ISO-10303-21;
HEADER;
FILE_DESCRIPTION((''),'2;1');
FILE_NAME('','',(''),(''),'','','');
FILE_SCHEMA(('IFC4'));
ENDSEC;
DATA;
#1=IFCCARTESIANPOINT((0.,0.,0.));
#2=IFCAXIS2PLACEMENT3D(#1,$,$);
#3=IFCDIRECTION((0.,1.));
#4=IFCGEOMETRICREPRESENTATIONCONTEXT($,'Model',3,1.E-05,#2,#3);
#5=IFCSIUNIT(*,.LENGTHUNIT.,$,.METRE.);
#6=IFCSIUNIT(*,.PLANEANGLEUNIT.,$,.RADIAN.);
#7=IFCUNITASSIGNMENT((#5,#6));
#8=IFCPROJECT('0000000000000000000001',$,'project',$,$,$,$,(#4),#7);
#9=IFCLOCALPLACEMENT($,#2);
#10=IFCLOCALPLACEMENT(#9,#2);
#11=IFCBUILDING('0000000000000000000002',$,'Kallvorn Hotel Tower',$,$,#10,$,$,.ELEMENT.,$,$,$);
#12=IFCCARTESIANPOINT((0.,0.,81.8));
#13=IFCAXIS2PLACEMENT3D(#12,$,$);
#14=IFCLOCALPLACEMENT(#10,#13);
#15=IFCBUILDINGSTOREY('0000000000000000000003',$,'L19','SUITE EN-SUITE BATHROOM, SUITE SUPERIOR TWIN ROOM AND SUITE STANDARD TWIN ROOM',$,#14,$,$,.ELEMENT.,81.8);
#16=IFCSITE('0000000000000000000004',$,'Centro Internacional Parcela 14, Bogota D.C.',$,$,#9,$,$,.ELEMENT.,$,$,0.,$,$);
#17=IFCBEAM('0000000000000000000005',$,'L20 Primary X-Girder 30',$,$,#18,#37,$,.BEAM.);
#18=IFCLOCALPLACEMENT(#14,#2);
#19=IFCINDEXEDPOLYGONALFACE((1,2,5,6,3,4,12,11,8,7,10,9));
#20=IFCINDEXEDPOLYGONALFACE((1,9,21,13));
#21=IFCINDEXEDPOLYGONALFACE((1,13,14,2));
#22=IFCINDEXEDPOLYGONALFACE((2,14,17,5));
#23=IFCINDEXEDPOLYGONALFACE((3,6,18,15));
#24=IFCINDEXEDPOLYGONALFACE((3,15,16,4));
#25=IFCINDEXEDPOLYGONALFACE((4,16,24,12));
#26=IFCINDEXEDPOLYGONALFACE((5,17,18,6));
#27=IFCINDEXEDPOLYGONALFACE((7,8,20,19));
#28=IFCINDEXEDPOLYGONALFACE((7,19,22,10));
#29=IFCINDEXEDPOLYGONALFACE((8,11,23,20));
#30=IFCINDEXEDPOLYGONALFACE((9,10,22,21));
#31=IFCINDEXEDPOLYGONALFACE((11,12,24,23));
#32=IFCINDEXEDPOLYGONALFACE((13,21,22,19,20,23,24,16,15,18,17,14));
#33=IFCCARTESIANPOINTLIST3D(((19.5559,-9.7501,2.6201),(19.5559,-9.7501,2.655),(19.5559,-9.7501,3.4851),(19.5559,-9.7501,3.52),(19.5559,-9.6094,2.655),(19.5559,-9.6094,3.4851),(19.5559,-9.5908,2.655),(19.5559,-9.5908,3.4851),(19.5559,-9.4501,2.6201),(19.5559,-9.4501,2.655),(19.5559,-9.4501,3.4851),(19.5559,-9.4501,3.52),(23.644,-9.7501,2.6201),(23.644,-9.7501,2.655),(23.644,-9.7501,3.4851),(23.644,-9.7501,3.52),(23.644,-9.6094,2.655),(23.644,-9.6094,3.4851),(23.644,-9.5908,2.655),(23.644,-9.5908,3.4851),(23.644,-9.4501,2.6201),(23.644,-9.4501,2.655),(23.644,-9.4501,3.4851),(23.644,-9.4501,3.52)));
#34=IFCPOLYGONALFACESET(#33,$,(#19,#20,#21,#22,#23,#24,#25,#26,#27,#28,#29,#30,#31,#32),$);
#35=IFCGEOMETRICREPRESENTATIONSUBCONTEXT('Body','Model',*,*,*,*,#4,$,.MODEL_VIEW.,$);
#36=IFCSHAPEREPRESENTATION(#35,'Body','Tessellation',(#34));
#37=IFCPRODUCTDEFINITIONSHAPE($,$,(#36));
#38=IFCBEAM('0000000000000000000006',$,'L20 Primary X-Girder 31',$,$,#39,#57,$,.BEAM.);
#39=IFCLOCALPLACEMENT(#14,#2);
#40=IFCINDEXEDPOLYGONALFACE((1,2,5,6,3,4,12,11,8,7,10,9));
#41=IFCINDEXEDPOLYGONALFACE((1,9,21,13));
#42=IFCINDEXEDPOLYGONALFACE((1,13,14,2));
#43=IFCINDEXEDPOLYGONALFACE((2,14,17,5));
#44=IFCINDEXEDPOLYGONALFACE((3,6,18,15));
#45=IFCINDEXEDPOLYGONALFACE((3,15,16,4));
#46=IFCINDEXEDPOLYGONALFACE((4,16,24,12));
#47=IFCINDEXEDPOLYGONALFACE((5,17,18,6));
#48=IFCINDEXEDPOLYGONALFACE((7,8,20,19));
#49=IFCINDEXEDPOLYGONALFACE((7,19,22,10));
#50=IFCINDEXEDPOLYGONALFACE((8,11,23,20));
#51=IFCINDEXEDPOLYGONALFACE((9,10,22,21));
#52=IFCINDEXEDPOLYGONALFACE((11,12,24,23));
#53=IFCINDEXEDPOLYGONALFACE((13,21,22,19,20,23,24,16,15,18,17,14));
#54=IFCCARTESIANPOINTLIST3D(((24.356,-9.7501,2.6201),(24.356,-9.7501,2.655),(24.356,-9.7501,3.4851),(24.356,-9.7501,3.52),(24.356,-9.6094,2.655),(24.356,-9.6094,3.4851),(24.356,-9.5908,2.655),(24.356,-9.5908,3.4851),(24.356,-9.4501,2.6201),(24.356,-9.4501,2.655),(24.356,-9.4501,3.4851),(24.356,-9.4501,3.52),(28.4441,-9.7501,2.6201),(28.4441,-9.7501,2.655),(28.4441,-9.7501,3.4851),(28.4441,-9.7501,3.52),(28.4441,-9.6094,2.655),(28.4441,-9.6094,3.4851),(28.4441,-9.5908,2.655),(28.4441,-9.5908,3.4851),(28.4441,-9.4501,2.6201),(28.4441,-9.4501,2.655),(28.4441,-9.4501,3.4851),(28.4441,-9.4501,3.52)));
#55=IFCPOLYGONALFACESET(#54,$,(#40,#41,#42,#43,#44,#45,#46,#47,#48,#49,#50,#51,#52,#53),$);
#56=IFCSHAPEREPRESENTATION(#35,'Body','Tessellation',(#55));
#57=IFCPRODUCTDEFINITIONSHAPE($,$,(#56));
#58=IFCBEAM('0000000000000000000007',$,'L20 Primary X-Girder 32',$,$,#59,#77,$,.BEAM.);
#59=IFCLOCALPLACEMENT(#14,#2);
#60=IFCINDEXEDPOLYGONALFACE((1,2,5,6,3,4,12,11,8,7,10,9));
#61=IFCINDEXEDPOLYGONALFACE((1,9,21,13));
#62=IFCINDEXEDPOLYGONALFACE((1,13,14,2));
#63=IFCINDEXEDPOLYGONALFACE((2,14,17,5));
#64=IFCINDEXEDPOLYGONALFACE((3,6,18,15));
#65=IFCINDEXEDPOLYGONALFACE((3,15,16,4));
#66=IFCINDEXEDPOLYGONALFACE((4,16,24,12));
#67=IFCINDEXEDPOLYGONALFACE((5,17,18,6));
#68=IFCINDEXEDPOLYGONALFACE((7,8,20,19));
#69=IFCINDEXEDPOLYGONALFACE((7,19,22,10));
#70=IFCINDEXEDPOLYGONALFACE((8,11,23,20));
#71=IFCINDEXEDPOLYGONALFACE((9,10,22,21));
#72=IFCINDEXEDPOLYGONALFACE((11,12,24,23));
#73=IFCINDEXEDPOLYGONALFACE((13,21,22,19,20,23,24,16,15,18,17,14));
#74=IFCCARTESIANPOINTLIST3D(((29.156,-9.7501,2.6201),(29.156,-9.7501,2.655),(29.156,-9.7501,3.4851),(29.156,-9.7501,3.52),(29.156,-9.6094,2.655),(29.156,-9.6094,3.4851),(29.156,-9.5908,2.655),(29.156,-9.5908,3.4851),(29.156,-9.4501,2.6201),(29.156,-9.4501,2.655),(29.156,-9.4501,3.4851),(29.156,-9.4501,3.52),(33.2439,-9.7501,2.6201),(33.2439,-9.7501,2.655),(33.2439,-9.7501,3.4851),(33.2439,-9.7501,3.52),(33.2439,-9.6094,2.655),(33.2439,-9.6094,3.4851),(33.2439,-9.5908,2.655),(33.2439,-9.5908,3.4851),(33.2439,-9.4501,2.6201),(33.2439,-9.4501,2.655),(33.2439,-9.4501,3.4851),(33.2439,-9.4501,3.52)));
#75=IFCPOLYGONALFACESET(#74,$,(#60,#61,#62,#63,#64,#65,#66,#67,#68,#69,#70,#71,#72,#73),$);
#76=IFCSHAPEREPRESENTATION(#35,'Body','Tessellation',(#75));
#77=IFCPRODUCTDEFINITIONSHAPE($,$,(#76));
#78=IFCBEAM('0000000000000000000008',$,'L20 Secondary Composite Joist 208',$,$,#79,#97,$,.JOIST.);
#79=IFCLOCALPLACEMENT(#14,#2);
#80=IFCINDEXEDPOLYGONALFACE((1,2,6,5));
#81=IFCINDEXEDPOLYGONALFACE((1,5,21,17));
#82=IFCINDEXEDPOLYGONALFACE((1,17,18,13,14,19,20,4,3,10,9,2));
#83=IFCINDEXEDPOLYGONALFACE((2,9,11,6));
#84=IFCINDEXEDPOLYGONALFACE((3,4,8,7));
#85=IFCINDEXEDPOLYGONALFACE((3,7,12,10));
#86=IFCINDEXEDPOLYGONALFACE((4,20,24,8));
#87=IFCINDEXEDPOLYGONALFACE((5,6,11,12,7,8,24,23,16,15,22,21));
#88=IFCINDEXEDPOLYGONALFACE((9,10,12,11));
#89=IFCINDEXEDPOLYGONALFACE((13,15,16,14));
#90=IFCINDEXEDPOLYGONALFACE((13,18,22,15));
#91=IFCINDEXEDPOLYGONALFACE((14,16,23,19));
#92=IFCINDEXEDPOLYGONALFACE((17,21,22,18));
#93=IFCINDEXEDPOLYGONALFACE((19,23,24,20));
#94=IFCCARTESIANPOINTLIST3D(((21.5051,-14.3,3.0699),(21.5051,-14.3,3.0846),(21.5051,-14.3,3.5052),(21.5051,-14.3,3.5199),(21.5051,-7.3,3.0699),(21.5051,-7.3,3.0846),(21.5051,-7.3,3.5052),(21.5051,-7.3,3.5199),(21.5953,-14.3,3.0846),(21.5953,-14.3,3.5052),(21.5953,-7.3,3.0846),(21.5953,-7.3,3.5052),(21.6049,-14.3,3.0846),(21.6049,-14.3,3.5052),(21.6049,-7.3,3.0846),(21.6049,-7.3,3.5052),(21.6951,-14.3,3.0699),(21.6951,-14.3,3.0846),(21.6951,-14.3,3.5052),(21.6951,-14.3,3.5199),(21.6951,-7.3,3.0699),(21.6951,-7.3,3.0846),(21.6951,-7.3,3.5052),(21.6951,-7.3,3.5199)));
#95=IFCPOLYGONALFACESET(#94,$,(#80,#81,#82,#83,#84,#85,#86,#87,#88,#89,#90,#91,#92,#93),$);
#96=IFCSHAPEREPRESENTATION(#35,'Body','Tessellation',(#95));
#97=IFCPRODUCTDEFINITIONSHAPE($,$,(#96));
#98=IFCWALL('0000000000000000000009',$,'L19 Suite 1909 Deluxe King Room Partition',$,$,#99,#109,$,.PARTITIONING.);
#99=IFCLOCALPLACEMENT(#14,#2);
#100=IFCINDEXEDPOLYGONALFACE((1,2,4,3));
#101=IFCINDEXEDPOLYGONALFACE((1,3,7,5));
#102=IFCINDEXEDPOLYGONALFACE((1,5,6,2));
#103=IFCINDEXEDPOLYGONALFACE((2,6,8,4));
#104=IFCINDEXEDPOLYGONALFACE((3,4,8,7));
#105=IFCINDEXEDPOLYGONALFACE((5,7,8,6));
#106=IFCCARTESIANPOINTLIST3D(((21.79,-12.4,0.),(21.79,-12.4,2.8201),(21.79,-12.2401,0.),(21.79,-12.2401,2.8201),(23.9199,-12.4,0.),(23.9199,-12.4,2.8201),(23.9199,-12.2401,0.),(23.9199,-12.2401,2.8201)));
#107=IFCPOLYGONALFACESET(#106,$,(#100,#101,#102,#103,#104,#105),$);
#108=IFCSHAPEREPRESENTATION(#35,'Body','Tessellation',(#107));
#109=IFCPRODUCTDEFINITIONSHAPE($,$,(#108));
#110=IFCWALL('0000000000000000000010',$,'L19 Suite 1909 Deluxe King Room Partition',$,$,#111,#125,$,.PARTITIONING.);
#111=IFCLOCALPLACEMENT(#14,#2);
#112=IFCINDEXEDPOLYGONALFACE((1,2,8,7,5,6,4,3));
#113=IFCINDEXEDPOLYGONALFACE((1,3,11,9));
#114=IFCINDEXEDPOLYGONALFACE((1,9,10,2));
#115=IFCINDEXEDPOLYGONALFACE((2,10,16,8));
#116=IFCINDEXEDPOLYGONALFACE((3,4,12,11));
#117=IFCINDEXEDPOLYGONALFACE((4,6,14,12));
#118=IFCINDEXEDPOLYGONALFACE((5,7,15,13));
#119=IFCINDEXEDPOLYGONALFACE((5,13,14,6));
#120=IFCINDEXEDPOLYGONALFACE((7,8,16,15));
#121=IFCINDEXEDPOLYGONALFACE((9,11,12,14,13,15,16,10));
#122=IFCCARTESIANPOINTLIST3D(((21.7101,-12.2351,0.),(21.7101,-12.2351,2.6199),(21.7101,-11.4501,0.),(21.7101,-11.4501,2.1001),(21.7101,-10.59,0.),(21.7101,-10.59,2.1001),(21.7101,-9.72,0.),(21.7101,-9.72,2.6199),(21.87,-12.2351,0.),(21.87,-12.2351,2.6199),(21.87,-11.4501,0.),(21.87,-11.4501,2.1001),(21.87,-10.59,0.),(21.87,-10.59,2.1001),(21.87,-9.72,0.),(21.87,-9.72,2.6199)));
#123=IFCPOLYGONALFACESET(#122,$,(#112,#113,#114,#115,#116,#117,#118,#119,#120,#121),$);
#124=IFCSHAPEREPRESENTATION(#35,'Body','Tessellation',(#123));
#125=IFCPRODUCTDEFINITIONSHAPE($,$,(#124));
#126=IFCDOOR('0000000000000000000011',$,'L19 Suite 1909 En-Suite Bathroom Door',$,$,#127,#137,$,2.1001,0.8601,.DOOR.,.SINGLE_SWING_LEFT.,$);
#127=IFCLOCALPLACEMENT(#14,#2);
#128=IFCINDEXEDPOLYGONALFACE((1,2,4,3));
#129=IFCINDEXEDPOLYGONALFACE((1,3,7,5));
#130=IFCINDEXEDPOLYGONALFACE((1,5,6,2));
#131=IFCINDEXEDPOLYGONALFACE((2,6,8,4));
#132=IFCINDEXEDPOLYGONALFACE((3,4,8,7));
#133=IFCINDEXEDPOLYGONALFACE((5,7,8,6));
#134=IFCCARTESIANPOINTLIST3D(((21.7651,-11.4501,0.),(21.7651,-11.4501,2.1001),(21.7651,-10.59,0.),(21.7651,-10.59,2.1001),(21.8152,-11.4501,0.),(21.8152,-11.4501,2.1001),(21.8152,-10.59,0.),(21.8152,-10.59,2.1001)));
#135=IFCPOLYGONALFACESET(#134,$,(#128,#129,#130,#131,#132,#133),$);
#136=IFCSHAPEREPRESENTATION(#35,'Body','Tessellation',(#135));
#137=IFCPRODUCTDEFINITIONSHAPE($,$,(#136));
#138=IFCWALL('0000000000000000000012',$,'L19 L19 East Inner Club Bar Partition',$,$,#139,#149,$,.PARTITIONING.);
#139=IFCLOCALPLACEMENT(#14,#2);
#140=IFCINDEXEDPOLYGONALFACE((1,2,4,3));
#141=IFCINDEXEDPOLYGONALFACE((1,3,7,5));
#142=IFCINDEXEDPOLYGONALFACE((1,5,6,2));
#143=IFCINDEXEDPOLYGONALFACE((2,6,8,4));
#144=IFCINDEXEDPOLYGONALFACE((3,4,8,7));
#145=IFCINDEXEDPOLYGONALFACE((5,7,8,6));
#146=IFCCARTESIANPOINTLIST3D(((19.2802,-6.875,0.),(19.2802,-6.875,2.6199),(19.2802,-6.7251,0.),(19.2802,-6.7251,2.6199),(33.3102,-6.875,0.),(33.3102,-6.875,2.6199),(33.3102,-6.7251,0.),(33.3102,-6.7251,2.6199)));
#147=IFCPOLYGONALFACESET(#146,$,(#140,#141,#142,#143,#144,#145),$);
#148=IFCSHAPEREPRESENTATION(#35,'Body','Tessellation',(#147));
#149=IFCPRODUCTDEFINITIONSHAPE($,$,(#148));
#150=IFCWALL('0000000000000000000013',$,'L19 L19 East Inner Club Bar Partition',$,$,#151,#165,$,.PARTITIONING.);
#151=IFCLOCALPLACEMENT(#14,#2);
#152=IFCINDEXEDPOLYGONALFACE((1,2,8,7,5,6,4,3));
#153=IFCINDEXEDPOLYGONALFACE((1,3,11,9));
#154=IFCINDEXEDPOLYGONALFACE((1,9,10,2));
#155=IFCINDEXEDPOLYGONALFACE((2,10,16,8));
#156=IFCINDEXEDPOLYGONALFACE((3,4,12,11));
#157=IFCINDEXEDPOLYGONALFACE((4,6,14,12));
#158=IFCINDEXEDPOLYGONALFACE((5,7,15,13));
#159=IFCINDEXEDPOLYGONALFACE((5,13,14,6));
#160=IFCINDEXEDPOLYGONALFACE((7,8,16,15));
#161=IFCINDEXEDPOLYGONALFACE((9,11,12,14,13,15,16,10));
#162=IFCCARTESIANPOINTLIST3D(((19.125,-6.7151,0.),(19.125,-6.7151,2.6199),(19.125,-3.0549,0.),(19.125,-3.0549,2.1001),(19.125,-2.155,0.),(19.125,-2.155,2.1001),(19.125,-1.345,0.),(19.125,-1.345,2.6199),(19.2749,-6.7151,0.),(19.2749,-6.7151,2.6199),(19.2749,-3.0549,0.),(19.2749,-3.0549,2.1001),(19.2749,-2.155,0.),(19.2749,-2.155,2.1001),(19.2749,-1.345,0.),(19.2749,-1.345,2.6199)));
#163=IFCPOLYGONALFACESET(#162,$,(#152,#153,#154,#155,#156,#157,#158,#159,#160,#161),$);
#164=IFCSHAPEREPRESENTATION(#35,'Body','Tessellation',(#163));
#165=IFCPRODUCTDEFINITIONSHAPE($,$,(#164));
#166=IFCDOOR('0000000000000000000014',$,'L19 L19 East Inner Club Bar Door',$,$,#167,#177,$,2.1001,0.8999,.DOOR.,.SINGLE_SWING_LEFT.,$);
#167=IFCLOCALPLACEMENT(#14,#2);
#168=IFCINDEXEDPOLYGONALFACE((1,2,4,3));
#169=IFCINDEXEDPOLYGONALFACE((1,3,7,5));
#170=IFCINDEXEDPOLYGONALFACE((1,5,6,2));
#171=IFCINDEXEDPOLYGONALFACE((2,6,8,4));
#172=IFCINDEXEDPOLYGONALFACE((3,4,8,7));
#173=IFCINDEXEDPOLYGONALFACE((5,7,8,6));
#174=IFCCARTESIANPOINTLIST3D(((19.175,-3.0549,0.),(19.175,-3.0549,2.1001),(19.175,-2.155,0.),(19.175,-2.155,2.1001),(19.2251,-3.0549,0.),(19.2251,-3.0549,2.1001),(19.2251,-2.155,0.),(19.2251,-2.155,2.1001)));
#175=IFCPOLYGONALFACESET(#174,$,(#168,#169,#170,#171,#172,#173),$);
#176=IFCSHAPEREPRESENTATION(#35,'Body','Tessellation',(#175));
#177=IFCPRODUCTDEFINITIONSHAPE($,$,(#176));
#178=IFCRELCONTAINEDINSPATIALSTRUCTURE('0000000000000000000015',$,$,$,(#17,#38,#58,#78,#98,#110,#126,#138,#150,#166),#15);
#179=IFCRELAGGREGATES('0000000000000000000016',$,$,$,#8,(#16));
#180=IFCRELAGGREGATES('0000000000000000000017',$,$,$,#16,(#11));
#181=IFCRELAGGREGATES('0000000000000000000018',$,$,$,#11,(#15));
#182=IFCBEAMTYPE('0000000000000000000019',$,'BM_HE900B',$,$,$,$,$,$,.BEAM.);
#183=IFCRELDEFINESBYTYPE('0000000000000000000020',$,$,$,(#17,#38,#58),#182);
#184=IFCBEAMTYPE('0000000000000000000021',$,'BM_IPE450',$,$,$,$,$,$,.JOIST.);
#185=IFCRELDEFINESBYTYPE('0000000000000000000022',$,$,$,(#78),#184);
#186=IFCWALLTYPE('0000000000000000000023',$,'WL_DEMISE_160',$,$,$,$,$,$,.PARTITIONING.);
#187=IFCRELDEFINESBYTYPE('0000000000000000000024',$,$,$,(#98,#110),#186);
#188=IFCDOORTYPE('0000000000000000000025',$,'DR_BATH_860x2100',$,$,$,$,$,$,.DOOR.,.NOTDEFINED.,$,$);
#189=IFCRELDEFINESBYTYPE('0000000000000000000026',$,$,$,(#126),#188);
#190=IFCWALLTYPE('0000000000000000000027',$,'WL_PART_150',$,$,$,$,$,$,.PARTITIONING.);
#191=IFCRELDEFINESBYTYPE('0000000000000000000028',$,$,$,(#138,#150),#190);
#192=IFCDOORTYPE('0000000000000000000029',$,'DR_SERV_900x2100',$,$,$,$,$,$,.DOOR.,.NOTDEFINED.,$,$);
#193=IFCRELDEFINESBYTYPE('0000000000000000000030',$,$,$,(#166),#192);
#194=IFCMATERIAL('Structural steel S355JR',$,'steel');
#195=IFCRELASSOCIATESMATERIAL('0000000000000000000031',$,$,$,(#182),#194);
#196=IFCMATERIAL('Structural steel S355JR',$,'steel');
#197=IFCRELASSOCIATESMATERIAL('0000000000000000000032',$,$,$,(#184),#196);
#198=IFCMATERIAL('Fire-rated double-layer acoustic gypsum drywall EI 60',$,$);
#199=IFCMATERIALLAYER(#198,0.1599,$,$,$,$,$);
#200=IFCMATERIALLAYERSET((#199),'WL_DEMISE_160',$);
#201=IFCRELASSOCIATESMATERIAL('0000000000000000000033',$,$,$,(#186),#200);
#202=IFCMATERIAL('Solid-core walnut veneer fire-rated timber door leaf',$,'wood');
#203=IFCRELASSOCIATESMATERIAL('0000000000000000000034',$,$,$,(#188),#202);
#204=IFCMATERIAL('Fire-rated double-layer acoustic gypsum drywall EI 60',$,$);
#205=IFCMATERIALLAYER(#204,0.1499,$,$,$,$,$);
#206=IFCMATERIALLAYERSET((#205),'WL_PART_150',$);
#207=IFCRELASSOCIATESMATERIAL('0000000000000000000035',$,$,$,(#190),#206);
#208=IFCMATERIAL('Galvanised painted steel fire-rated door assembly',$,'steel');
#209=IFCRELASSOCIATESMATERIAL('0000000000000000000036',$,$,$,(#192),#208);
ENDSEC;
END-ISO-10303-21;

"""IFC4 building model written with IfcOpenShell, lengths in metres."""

from ifc_helpers import new_model, si_unit, direction, frame, frame_2d, origin, origin_2d, place, context, subcontext, project, spatial, rectangle, i_section, extrude, material, layer, layer_set, material_profile, profile_set, type_object, element, fill, save


model = new_model("IFC4")

# Units and contexts
model_context = context("Model", 3, precision=1e-05, world=origin(), true_north=direction((0.0, 1.0)))
body_context = subcontext(model_context, "Body", "Model", "MODEL_VIEW")
ifc_project = project(units=[si_unit("LENGTHUNIT", "METRE"), si_unit("PLANEANGLEUNIT", "RADIAN")], contexts=[model_context])

# Site, building, storey
site_placement = place(None, origin())
site = spatial("IfcSite", under=ifc_project, at=site_placement, Name="Centro Internacional Parcela 14, Bogota D.C.", CompositionType="ELEMENT", RefElevation=0.0)
building_placement = place(site_placement, origin())
building = spatial("IfcBuilding", under=site, at=building_placement, Name="Kallvorn Hotel Tower", CompositionType="ELEMENT")
storey_placement = place(building_placement, frame((0.0, 0.0, 81.8)))
storey = spatial("IfcBuildingStorey", under=building, at=storey_placement, Name="L19", Description="SUITE EN-SUITE BATHROOM, SUITE SUPERIOR TWIN ROOM AND SUITE STANDARD TWIN ROOM", CompositionType="ELEMENT", Elevation=81.8)

# Beams
ifc_material_1 = material(Name="Structural steel S355JR", Category="steel")
ifc_material_profile_1 = material_profile(ifc_material_1, i_section(OverallWidth=0.3, OverallDepth=0.8999, WebThickness=0.0186, FlangeThickness=0.0349, at=origin_2d()), Name="HE 900 B")
ifc_profile_set_1 = profile_set([ifc_material_profile_1], Name="Structural steel S355JR")
beam_type_1 = type_object("IfcBeamType", Name="BM_HE900B", PredefinedType="BEAM", material=ifc_profile_set_1)
for number, where, z_axis, x_axis, name in (
    (1, (19.5559, -9.6001, 3.0701), (1.0, 0.0, 0.0), (0.0, 1.0, 0.0), "L20 Primary X-Girder 30"),
    (2, (24.356, -9.6001, 3.0701), (1.0, 0.0, 0.0), (0.0, 1.0, 0.0), "L20 Primary X-Girder 31"),
):
    element("IfcBeam", number, at=place(storey_placement, frame(where, z_axis=z_axis, x_axis=x_axis)), inside=storey, type_object=beam_type_1, Name=name, PredefinedType="BEAM", context=body_context, shape_type="SweptSolid", body=[
        extrude(i_section(OverallWidth=0.3, OverallDepth=0.8999, WebThickness=0.0186, FlangeThickness=0.0349, at=origin_2d()), origin(), (0.0, 0.0, 1.0), 4.0881),
    ])
beam_1_placement = place(storey_placement, frame((29.156, -9.6001, 3.0701), z_axis=(1.0, 0.0, 0.0), x_axis=(0.0, 1.0, 0.0)))
element("IfcBeam", 3, at=beam_1_placement, inside=storey, type_object=beam_type_1, Name="L20 Primary X-Girder 32", PredefinedType="BEAM", context=body_context, shape_type="SweptSolid", body=[
    extrude(i_section(OverallWidth=0.3, OverallDepth=0.8999, WebThickness=0.0186, FlangeThickness=0.0349, at=origin_2d()), origin(), (0.0, 0.0, 1.0), 4.0879),
])
ifc_material_2 = material(Name="Structural steel S355JR", Category="steel")
ifc_material_profile_2 = material_profile(ifc_material_2, i_section(OverallWidth=0.1899, OverallDepth=0.45, WebThickness=0.0095, FlangeThickness=0.0146, at=origin_2d()), Name="IPE 450")
ifc_profile_set_2 = profile_set([ifc_material_profile_2], Name="Structural steel S355JR")
beam_type_2 = type_object("IfcBeamType", Name="BM_IPE450", PredefinedType="JOIST", material=ifc_profile_set_2)
beam_2_placement = place(storey_placement, frame((21.6001, -14.3, 3.2949), z_axis=(0.0, 1.0, 0.0), x_axis=(-1.0, 0.0, 0.0)))
element("IfcBeam", 4, at=beam_2_placement, inside=storey, type_object=beam_type_2, Name="L20 Secondary Composite Joist 208", PredefinedType="JOIST", context=body_context, shape_type="SweptSolid", body=[
    extrude(i_section(OverallWidth=0.1899, OverallDepth=0.45, WebThickness=0.0095, FlangeThickness=0.0146, at=origin_2d()), origin(), (0.0, 0.0, 1.0), 7.0),
])

# Wall
ifc_material_3 = material(Name="Fire-rated double-layer acoustic gypsum drywall EI 60")
ifc_layer_1 = layer(ifc_material_3, 0.1599)
ifc_layer_set_1 = layer_set([ifc_layer_1], Name="WL_DEMISE_160")
wall_type_1 = type_object("IfcWallType", Name="WL_DEMISE_160", PredefinedType="PARTITIONING", material=ifc_layer_set_1)
wall_1_placement = place(storey_placement, frame((21.79, -12.3201, 0.0), z_axis=(0.0, 0.0, 1.0), x_axis=(1.0, 0.0, 0.0)))
element("IfcWall", 5, at=wall_1_placement, inside=storey, type_object=wall_type_1, Name="L19 Suite 1909 Deluxe King Room Partition", PredefinedType="PARTITIONING", context=body_context, shape_type="SweptSolid", body=[
    extrude(rectangle(XDim=2.1299, YDim=0.1599, at=frame_2d((1.0649, 0.0))), origin(), (0.0, 0.0, 1.0), 2.8201),
])

# Wall, opening, door
wall_2_placement = place(storey_placement, frame((21.79, -12.2351, 0.0), z_axis=(0.0, 0.0, 1.0), x_axis=(0.0, 1.0, 0.0)))
wall_2 = element("IfcWall", 6, at=wall_2_placement, inside=storey, type_object=wall_type_1, Name="L19 Suite 1909 Deluxe King Room Partition", PredefinedType="PARTITIONING", context=body_context, shape_type="SweptSolid", body=[
    extrude(rectangle(XDim=2.5151, YDim=0.1599, at=frame_2d((1.2576, 0.0))), origin(), (0.0, 0.0, 1.0), 2.6199),
])
opening_1_placement = place(wall_2_placement, frame((0.7849, 0.0, 0.0)))
opening_1 = element("IfcOpeningElement", 7, at=opening_1_placement, cuts=wall_2, PredefinedType="OPENING", context=body_context, shape_type="SweptSolid", body=[
    extrude(rectangle(XDim=0.8601, YDim=2.1001, at=frame_2d((0.4302, 1.05))), frame((0.0, 0.095, 0.0), z_axis=(0.0, -1.0, 0.0), x_axis=(1.0, 0.0, 0.0)), (0.0, 0.0, 1.0), 0.1899),
])
ifc_material_4 = material(Name="Solid-core walnut veneer fire-rated timber door leaf", Category="wood")
door_type_1 = type_object("IfcDoorType", Name="DR_BATH_860x2100", OperationType="NOTDEFINED", PredefinedType="DOOR", material=ifc_material_4)
door_1_placement = place(opening_1_placement, origin())
door_1 = element("IfcDoor", 8, at=door_1_placement, inside=storey, type_object=door_type_1, Name="L19 Suite 1909 En-Suite Bathroom Door", OperationType="SINGLE_SWING_LEFT", OverallHeight=2.1001, OverallWidth=0.8601, PredefinedType="DOOR", context=body_context, shape_type="SweptSolid", body=[
    extrude(rectangle(XDim=0.8601, YDim=2.1001, at=frame_2d((0.4302, 1.05))), frame((0.0, 0.0249, 0.0), z_axis=(0.0, -1.0, 0.0), x_axis=(1.0, 0.0, 0.0)), (0.0, 0.0, 1.0), 0.05),
])
fill(opening_1, door_1)

# Wall
ifc_material_5 = material(Name="Fire-rated double-layer acoustic gypsum drywall EI 60")
ifc_layer_2 = layer(ifc_material_5, 0.1499)
ifc_layer_set_2 = layer_set([ifc_layer_2], Name="WL_PART_150")
wall_type_2 = type_object("IfcWallType", Name="WL_PART_150", PredefinedType="PARTITIONING", material=ifc_layer_set_2)
wall_3_placement = place(storey_placement, frame((19.28, -6.8, 0.0), z_axis=(0.0, 0.0, 1.0), x_axis=(1.0, 0.0, 0.0)))
element("IfcWall", 9, at=wall_3_placement, inside=storey, type_object=wall_type_2, Name="L19 L19 East Inner Club Bar Partition", PredefinedType="PARTITIONING", context=body_context, shape_type="SweptSolid", body=[
    extrude(rectangle(XDim=14.03, YDim=0.1499, at=frame_2d((7.0151, 0.0))), origin(), (0.0, 0.0, 1.0), 2.6199),
])

# Wall, opening, door
wall_4_placement = place(storey_placement, frame((19.2, -6.7151, 0.0), z_axis=(0.0, 0.0, 1.0), x_axis=(0.0, 1.0, 0.0)))
wall_4 = element("IfcWall", 10, at=wall_4_placement, inside=storey, type_object=wall_type_2, Name="L19 L19 East Inner Club Bar Partition", PredefinedType="PARTITIONING", context=body_context, shape_type="SweptSolid", body=[
    extrude(rectangle(XDim=5.3701, YDim=0.1499, at=frame_2d((2.6851, 0.0))), origin(), (0.0, 0.0, 1.0), 2.6199),
])
opening_2_placement = place(wall_4_placement, frame((3.6602, 0.0, 0.0)))
opening_2 = element("IfcOpeningElement", 11, at=opening_2_placement, cuts=wall_4, PredefinedType="OPENING", context=body_context, shape_type="SweptSolid", body=[
    extrude(rectangle(XDim=0.8999, YDim=2.1001, at=frame_2d((0.45, 1.05))), frame((0.0, 0.0898, 0.0), z_axis=(0.0, -1.0, 0.0), x_axis=(1.0, 0.0, 0.0)), (0.0, 0.0, 1.0), 0.1799),
])
ifc_material_6 = material(Name="Galvanised painted steel fire-rated door assembly", Category="steel")
door_type_2 = type_object("IfcDoorType", Name="DR_SERV_900x2100", OperationType="NOTDEFINED", PredefinedType="DOOR", material=ifc_material_6)
door_2_placement = place(opening_2_placement, origin())
door_2 = element("IfcDoor", 12, at=door_2_placement, inside=storey, type_object=door_type_2, Name="L19 L19 East Inner Club Bar Door", OperationType="SINGLE_SWING_LEFT", OverallHeight=2.1001, OverallWidth=0.8999, PredefinedType="DOOR", context=body_context, shape_type="SweptSolid", body=[
    extrude(rectangle(XDim=0.8999, YDim=2.1001, at=frame_2d((0.45, 1.05))), frame((0.0, 0.0249, 0.0), z_axis=(0.0, -1.0, 0.0), x_axis=(1.0, 0.0, 0.0)), (0.0, 0.0, 1.0), 0.05),
])
fill(opening_2, door_2)

save(model, "model.ifc")
